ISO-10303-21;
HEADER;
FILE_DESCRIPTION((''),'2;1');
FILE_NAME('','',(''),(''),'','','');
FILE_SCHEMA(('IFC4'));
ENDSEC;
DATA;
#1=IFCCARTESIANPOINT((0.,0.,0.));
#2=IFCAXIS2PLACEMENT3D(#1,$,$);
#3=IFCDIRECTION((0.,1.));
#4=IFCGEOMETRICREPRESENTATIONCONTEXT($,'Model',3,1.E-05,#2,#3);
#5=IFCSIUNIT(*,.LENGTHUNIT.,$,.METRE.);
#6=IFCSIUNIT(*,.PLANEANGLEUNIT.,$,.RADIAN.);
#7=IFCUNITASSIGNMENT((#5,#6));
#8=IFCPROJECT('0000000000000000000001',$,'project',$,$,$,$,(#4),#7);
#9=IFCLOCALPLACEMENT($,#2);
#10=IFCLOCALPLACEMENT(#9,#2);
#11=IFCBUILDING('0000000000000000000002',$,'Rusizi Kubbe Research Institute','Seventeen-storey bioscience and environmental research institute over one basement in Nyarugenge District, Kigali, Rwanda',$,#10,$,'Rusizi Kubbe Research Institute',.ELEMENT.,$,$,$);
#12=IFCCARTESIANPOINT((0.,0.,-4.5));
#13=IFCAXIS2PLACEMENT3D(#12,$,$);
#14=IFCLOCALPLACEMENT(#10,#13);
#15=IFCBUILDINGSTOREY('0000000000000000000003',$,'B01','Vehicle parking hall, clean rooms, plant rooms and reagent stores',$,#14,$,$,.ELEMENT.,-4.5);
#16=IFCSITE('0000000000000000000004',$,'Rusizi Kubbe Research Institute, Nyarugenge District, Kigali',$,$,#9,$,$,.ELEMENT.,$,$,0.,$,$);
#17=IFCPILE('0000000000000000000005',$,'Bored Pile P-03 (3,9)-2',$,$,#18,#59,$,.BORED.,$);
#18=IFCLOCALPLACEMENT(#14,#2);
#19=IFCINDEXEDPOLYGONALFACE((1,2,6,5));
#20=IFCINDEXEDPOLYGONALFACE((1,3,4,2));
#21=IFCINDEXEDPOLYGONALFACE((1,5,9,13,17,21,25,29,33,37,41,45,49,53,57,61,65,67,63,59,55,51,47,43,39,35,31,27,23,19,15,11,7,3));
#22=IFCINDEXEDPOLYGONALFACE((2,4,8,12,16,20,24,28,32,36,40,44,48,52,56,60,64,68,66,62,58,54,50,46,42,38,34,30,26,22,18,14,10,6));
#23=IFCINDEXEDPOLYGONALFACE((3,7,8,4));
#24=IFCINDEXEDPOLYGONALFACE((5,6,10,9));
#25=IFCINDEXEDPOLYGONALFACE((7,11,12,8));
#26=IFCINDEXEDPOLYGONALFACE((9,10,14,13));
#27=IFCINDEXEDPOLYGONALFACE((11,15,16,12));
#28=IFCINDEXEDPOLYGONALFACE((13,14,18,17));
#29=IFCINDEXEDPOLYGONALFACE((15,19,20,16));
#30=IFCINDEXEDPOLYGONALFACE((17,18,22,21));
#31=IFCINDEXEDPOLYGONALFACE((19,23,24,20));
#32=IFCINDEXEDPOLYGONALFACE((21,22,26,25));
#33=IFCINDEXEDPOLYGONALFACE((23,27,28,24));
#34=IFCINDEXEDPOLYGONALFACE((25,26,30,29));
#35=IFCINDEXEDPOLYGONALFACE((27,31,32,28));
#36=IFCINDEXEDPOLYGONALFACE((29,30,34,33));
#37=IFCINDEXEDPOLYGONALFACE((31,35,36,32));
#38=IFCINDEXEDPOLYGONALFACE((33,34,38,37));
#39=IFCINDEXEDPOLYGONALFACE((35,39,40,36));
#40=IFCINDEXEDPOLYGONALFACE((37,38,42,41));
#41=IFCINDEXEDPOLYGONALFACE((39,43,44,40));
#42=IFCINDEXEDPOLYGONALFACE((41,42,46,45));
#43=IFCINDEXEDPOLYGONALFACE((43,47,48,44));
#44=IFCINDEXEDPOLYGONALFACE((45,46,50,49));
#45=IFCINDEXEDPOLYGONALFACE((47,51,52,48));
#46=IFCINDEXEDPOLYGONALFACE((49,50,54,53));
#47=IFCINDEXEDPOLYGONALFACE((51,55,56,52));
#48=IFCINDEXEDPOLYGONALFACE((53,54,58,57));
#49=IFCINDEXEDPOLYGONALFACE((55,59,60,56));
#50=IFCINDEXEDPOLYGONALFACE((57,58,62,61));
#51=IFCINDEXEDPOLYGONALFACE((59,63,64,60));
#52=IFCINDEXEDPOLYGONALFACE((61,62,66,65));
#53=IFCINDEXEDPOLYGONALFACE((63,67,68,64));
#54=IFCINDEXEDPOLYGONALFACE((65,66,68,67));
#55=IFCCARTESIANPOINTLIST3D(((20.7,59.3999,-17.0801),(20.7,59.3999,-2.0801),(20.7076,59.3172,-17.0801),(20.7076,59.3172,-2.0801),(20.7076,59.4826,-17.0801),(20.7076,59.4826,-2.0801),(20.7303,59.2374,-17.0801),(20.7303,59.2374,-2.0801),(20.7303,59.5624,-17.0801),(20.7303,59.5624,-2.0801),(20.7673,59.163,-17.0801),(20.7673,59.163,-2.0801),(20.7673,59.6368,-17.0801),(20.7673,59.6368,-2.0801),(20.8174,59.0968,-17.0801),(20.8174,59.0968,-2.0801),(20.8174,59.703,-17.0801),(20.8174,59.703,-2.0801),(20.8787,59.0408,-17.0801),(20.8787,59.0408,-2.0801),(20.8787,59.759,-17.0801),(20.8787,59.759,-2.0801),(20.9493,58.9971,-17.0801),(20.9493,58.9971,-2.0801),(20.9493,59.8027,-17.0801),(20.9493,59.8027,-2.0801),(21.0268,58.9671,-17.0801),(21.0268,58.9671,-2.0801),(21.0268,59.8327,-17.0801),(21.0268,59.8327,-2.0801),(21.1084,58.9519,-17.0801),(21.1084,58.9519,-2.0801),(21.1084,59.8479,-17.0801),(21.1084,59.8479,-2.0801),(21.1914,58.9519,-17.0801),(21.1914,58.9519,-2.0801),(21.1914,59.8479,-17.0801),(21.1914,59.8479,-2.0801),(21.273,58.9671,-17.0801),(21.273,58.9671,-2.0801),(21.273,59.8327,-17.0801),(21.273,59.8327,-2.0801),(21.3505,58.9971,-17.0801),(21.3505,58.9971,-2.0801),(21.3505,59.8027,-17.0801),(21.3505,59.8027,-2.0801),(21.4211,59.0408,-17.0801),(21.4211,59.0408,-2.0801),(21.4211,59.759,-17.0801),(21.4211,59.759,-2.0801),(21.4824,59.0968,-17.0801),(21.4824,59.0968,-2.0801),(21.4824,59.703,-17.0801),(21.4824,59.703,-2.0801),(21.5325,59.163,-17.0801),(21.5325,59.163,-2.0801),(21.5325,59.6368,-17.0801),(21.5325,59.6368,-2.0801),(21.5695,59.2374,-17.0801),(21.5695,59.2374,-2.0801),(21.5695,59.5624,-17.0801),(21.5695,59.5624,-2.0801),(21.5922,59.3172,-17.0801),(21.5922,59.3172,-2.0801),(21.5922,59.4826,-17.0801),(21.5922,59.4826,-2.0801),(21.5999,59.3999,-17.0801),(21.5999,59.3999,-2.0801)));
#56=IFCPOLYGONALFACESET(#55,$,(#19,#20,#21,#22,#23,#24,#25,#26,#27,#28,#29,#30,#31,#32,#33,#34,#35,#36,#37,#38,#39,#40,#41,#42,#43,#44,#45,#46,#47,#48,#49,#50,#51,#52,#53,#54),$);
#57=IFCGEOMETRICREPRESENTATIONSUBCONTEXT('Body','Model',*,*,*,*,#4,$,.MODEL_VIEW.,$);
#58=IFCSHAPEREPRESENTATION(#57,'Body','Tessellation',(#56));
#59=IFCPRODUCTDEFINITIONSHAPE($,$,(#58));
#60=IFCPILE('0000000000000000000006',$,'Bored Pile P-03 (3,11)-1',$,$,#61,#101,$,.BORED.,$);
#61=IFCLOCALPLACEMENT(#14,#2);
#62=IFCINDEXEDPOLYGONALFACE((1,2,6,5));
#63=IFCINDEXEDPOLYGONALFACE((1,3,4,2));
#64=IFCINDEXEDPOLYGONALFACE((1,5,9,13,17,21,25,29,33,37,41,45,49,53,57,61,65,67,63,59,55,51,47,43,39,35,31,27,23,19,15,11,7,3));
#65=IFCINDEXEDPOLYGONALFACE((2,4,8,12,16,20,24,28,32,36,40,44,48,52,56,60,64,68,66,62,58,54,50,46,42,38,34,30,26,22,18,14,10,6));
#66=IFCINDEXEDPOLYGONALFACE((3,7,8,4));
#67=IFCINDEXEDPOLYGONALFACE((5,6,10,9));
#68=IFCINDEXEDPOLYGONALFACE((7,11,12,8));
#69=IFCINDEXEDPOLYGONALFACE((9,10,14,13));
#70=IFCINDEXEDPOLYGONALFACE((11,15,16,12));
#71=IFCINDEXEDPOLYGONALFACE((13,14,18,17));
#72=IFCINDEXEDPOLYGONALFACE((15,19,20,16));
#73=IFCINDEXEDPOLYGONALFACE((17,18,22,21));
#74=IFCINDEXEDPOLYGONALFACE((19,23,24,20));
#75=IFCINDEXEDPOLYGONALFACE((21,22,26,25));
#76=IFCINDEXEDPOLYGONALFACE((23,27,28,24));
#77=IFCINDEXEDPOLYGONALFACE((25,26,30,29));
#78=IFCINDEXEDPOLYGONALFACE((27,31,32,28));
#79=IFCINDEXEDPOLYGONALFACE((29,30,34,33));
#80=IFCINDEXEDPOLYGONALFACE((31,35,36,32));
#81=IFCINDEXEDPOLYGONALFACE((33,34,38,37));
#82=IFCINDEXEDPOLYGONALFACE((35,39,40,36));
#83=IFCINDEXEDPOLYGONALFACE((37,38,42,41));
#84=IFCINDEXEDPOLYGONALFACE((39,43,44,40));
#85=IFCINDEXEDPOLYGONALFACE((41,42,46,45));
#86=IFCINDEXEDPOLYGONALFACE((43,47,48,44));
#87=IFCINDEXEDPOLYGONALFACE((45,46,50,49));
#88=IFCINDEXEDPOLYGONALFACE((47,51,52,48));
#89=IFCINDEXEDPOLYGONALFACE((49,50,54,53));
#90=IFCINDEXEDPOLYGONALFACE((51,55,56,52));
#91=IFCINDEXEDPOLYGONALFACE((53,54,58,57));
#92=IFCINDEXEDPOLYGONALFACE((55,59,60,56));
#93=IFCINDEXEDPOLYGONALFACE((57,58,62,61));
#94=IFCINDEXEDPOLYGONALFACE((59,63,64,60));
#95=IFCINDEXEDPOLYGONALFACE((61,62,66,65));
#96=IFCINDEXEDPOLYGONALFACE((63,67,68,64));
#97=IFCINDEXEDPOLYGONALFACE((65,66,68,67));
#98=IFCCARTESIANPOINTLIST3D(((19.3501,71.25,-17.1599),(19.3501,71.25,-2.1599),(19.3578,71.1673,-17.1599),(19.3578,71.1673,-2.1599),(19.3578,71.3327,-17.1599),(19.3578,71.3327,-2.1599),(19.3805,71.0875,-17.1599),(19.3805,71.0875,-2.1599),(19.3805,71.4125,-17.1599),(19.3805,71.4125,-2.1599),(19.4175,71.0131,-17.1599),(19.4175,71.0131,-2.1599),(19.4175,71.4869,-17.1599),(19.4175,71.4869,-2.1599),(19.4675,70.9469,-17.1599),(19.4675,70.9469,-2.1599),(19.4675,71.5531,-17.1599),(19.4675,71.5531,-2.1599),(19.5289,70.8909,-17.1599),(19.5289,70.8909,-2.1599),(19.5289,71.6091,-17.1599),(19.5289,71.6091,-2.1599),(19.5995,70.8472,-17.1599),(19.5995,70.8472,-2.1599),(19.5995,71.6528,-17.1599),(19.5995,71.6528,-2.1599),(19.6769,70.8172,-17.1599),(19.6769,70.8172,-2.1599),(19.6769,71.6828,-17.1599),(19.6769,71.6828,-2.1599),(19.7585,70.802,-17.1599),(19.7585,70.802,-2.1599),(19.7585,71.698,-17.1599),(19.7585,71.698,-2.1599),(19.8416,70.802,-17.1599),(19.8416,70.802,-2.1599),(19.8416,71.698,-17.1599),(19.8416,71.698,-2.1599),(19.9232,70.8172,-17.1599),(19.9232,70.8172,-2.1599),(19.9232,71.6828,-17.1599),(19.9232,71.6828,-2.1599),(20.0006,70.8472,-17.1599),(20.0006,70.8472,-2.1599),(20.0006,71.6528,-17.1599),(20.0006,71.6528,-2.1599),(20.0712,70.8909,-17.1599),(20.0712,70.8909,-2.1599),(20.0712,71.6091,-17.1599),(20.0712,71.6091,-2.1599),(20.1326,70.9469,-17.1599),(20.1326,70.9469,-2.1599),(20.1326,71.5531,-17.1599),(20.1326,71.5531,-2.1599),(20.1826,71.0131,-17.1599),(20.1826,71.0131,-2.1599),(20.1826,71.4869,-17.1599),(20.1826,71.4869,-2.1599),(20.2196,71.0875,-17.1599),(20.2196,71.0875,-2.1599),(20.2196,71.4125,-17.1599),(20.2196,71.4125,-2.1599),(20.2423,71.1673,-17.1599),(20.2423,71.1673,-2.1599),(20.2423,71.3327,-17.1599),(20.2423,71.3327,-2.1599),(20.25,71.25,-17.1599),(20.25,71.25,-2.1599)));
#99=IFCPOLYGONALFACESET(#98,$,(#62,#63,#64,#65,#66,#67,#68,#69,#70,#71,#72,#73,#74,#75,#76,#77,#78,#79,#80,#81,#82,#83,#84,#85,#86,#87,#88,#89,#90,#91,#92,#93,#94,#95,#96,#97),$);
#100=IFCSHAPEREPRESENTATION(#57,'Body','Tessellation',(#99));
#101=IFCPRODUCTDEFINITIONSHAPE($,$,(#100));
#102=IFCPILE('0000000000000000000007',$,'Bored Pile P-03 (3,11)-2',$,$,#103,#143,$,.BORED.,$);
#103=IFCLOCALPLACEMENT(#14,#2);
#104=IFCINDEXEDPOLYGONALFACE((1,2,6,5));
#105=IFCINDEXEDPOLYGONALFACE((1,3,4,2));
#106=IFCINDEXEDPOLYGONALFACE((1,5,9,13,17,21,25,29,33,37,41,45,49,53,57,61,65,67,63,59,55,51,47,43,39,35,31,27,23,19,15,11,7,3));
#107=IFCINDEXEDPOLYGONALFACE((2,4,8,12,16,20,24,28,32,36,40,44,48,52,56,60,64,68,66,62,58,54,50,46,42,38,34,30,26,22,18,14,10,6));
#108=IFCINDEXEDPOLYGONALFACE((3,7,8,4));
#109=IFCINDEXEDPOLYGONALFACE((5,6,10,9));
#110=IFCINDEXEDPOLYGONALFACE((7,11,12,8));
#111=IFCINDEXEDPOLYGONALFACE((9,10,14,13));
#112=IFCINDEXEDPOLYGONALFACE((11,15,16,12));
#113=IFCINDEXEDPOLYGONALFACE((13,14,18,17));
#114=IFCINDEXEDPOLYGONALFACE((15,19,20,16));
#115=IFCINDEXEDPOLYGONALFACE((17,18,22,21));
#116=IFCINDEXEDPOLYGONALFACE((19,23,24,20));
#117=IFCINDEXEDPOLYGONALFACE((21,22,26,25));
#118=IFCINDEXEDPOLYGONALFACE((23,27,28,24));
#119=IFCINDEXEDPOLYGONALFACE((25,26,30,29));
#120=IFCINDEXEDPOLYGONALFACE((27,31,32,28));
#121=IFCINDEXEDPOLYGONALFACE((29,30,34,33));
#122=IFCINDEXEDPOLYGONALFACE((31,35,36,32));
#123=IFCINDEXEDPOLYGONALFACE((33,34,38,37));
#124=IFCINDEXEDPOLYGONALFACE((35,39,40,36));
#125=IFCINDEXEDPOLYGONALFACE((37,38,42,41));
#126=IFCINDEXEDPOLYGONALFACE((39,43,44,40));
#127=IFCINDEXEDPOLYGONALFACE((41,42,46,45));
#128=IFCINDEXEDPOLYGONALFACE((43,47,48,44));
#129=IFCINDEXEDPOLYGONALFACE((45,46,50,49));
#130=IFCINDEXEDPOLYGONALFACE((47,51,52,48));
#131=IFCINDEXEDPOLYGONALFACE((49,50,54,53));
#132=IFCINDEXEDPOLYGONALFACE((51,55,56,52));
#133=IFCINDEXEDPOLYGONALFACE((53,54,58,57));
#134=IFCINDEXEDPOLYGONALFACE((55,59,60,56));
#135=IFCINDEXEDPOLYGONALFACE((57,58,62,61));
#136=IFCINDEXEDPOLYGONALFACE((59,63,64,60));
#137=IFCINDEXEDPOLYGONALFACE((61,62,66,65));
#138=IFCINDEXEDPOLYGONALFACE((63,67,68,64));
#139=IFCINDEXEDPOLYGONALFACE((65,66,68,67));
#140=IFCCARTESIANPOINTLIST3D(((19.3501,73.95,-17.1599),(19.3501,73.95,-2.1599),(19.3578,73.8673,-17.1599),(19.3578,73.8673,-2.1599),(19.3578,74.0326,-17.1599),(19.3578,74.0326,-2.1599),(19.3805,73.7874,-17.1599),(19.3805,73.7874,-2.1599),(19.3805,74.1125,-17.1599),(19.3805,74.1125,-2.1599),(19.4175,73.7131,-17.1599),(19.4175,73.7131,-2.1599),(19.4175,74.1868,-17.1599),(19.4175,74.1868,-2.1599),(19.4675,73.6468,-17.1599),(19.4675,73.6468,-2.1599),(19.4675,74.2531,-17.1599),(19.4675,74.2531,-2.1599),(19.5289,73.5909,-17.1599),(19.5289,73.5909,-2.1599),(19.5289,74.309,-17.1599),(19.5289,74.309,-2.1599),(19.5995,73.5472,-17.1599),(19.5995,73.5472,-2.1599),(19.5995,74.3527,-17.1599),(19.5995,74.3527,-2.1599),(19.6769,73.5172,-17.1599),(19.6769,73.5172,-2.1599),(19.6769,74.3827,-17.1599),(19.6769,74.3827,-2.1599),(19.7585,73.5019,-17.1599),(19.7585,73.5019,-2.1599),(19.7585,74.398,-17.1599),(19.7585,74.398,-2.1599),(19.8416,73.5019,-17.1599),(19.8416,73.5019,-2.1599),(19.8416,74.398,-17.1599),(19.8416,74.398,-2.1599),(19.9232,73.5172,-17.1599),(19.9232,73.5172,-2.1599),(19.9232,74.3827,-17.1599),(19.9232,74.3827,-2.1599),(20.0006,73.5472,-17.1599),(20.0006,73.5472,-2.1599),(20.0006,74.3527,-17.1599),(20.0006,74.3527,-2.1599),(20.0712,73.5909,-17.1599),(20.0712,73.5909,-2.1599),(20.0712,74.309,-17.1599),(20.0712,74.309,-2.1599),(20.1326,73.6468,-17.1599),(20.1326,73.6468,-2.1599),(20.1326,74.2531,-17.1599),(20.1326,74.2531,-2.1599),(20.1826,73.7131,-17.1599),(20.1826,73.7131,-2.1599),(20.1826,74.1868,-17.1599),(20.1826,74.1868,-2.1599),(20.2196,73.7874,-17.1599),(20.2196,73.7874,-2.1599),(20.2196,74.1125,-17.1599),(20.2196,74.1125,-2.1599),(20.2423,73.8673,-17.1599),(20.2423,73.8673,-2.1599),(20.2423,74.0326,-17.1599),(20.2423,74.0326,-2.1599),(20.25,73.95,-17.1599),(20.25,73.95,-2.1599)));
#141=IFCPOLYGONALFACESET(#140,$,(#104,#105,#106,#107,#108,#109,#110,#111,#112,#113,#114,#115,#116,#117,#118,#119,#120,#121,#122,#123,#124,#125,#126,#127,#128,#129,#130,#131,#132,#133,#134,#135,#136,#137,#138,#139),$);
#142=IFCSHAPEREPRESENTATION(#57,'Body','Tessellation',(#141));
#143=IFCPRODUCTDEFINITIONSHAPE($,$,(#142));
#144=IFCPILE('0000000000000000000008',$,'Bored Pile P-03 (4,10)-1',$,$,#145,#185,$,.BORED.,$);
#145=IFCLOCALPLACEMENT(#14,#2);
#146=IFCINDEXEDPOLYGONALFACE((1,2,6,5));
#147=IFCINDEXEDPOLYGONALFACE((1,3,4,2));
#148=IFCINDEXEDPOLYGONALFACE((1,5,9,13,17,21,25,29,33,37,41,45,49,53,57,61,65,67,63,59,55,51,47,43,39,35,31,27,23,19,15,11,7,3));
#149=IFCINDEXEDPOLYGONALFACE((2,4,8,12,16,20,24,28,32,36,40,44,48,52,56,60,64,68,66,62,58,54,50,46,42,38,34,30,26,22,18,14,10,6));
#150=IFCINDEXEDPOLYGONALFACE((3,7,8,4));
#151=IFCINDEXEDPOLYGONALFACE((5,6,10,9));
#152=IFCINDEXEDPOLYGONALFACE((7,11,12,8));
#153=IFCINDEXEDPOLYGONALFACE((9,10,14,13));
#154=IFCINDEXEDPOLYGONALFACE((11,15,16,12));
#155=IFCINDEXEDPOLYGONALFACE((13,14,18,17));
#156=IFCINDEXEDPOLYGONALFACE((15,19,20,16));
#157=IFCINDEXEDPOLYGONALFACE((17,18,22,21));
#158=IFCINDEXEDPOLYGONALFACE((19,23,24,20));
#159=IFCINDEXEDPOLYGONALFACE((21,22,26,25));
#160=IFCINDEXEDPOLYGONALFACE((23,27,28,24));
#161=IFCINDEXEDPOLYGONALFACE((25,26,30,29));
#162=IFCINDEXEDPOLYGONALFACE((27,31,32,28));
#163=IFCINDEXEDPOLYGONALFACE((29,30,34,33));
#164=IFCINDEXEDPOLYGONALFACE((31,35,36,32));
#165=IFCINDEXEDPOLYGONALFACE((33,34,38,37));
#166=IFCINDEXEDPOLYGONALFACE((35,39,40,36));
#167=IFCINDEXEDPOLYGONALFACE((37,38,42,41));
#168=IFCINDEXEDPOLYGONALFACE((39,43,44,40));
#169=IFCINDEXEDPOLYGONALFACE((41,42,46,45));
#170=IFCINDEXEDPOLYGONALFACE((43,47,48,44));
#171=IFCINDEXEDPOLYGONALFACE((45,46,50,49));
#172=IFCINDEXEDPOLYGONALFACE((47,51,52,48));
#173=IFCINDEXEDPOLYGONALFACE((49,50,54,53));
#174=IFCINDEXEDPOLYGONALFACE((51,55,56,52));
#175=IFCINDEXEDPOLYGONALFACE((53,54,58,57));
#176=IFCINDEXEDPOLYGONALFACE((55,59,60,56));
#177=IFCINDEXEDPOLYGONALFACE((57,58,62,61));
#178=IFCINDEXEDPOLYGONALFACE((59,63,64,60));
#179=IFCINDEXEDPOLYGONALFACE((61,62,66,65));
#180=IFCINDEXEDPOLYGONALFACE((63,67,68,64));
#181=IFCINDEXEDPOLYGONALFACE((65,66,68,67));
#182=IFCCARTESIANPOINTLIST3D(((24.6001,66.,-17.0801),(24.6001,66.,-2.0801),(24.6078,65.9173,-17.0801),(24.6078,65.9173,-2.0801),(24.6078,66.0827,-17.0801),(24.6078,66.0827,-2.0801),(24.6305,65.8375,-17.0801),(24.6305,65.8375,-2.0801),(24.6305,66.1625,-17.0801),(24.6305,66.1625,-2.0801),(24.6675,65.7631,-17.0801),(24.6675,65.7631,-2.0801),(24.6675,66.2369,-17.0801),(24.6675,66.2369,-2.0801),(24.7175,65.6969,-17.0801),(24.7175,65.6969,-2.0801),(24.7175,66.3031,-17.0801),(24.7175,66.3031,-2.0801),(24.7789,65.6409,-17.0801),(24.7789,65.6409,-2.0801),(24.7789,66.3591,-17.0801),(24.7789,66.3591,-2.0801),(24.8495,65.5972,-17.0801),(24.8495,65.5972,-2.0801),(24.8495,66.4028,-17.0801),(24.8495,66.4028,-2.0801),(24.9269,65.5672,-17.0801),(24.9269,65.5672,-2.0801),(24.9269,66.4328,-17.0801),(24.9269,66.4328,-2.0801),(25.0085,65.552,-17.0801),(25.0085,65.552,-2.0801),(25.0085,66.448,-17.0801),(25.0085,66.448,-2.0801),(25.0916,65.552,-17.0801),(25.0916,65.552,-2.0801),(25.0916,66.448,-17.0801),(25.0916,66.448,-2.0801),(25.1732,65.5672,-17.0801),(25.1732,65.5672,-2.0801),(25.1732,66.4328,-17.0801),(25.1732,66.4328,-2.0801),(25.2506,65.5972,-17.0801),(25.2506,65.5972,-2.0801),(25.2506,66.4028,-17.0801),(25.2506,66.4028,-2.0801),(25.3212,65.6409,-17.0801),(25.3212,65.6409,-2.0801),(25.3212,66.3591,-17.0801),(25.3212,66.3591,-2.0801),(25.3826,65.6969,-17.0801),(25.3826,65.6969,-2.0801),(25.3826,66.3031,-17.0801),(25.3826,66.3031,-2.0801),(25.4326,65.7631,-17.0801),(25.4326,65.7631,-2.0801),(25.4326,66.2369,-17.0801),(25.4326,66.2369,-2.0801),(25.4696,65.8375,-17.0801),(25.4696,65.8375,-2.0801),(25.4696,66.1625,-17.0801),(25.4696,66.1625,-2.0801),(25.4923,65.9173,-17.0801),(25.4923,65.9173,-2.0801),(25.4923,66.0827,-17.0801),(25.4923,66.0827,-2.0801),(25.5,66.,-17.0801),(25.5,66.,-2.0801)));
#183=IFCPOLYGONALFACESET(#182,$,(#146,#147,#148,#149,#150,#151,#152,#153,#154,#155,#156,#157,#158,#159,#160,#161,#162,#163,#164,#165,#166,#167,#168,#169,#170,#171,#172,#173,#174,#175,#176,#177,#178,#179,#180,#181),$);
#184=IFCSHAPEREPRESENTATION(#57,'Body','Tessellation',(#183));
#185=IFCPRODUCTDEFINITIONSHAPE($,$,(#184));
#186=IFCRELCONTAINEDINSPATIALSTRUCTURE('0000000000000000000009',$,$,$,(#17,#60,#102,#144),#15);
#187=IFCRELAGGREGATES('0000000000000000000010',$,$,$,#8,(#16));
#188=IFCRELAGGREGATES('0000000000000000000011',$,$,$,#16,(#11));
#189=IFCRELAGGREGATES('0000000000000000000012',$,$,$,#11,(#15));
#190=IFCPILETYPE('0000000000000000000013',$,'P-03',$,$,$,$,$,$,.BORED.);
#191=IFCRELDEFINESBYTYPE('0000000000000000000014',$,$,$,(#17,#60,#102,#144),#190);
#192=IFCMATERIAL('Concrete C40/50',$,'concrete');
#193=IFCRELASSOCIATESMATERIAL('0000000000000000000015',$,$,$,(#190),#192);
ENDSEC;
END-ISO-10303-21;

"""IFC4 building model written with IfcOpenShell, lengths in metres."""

from ifc_helpers import new_model, si_unit, direction, frame, origin, origin_2d, place, context, subcontext, project, spatial, circle, extrude, material, material_profile, profile_set, type_object, element, save


model = new_model("IFC4")

# Units and contexts
model_context = context("Model", 3, precision=1e-05, world=origin(), true_north=direction((0.0, 1.0)))
body_context = subcontext(model_context, "Body", "Model", "MODEL_VIEW")
ifc_project = project(units=[si_unit("LENGTHUNIT", "METRE"), si_unit("PLANEANGLEUNIT", "RADIAN")], contexts=[model_context])

# Site, building, storey
site_placement = place(None, origin())
site = spatial("IfcSite", under=ifc_project, at=site_placement, Name="Rusizi Kubbe Research Institute, Nyarugenge District, Kigali", CompositionType="ELEMENT", RefElevation=0.0)
building_placement = place(site_placement, origin())
building = spatial("IfcBuilding", under=site, at=building_placement, Name="Rusizi Kubbe Research Institute", Description="Seventeen-storey bioscience and environmental research institute over one basement in Nyarugenge District, Kigali, Rwanda", LongName="Rusizi Kubbe Research Institute", CompositionType="ELEMENT")
storey_placement = place(building_placement, frame((0.0, 0.0, -4.5)))
storey = spatial("IfcBuildingStorey", under=building, at=storey_placement, Name="B01", Description="Vehicle parking hall, clean rooms, plant rooms and reagent stores", CompositionType="ELEMENT", Elevation=-4.5)

# Piles
ifc_material_1 = material(Name="Concrete C40/50", Category="concrete")
ifc_material_profile_1 = material_profile(ifc_material_1, circle(Radius=0.45, at=origin_2d()), Name="PILE-D900")
ifc_profile_set_1 = profile_set([ifc_material_profile_1], Name="Concrete C40/50")
pile_type_1 = type_object("IfcPileType", Name="P-03", PredefinedType="BORED", material=ifc_profile_set_1)
for number, where, z_axis, x_axis, name in (
    (1, (21.1499, 59.3999, -2.0801), (0.0, 0.0, -1.0), (1.0, 0.0, 0.0), "Bored Pile P-03 (3,9)-2"),
    (2, (19.8, 71.25, -2.1599), (0.0, 0.0, -1.0), (1.0, 0.0, 0.0), "Bored Pile P-03 (3,11)-1"),
    (3, (19.8, 73.95, -2.1599), (0.0, 0.0, -1.0), (1.0, 0.0, 0.0), "Bored Pile P-03 (3,11)-2"),
    (4, (25.05, 66.0, -2.0801), (0.0, 0.0, -1.0), (1.0, 0.0, 0.0), "Bored Pile P-03 (4,10)-1"),
):
    element("IfcPile", number, at=place(storey_placement, frame(where, z_axis=z_axis, x_axis=x_axis)), inside=storey, type_object=pile_type_1, Name=name, PredefinedType="BORED", context=body_context, shape_type="SweptSolid", body=[
        extrude(circle(Radius=0.45, at=origin_2d()), origin(), (0.0, 0.0, 1.0), 15.0),
    ])

save(model, "model.ifc")
